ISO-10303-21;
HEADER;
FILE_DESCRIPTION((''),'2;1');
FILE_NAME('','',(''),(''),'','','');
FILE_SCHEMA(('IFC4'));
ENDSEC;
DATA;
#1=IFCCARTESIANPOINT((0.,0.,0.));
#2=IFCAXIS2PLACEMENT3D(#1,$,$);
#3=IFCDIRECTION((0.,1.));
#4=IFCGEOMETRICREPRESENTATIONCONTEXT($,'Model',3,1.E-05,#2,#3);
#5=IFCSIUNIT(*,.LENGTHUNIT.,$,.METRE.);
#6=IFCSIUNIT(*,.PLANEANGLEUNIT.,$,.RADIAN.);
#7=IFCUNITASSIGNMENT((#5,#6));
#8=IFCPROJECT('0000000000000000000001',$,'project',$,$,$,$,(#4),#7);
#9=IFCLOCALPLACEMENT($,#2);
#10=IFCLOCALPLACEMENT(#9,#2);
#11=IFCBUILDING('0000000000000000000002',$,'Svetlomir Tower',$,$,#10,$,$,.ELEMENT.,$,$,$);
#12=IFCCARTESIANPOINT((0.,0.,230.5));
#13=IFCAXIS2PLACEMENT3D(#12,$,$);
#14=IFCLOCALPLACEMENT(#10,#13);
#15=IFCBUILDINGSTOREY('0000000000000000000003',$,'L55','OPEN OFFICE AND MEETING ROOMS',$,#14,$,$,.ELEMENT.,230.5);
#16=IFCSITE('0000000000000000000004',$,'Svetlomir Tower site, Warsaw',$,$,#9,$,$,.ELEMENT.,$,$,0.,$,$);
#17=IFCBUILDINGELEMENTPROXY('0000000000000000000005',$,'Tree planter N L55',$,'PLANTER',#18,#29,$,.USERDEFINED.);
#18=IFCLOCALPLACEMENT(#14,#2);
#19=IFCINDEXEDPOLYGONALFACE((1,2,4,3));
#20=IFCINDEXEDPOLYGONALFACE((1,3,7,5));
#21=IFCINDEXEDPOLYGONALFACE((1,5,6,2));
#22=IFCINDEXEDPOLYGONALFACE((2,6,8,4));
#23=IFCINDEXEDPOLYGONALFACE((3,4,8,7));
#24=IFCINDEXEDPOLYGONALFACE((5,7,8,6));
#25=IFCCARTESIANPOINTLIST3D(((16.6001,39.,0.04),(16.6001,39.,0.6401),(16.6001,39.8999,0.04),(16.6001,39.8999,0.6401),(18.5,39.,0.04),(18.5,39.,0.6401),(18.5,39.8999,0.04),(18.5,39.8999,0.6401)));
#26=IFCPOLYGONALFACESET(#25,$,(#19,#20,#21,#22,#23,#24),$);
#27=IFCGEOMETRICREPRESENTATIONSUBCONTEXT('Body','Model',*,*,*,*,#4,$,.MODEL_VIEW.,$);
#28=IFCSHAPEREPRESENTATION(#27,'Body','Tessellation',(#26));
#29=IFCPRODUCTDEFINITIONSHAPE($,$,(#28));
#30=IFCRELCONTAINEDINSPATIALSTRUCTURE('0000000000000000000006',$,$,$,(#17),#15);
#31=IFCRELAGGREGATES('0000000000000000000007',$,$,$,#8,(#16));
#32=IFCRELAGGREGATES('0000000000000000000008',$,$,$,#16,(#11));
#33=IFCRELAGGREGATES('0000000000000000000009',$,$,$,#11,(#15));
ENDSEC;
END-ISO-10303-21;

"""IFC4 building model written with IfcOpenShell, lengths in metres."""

from ifc_helpers import new_model, si_unit, direction, frame, origin, origin_2d, place, context, subcontext, project, spatial, rectangle, extrude, element, save


model = new_model("IFC4")

# Units and contexts
model_context = context("Model", 3, precision=1e-05, world=origin(), true_north=direction((0.0, 1.0)))
body_context = subcontext(model_context, "Body", "Model", "MODEL_VIEW")
ifc_project = project(units=[si_unit("LENGTHUNIT", "METRE"), si_unit("PLANEANGLEUNIT", "RADIAN")], contexts=[model_context])

# Site, building, storey
site_placement = place(None, origin())
site = spatial("IfcSite", under=ifc_project, at=site_placement, Name="Svetlomir Tower site, Warsaw", CompositionType="ELEMENT", RefElevation=0.0)
building_placement = place(site_placement, origin())
building = spatial("IfcBuilding", under=site, at=building_placement, Name="Svetlomir Tower", CompositionType="ELEMENT")
storey_placement = place(building_placement, frame((0.0, 0.0, 230.5)))
storey = spatial("IfcBuildingStorey", under=building, at=storey_placement, Name="L55", Description="OPEN OFFICE AND MEETING ROOMS", CompositionType="ELEMENT", Elevation=230.5)

# Building element proxy
proxy_placement = place(storey_placement, frame((17.55, 39.45, 0.04), z_axis=(0.0, 0.0, 1.0), x_axis=(1.0, 0.0, 0.0)))
element("IfcBuildingElementProxy", 1, at=proxy_placement, inside=storey, Name="Tree planter N L55", ObjectType="PLANTER", PredefinedType="USERDEFINED", context=body_context, shape_type="SweptSolid", body=[
    extrude(rectangle(XDim=1.8999, YDim=0.8999, at=origin_2d()), origin(), (0.0, 0.0, 1.0), 0.6001),
])

save(model, "model.ifc")
